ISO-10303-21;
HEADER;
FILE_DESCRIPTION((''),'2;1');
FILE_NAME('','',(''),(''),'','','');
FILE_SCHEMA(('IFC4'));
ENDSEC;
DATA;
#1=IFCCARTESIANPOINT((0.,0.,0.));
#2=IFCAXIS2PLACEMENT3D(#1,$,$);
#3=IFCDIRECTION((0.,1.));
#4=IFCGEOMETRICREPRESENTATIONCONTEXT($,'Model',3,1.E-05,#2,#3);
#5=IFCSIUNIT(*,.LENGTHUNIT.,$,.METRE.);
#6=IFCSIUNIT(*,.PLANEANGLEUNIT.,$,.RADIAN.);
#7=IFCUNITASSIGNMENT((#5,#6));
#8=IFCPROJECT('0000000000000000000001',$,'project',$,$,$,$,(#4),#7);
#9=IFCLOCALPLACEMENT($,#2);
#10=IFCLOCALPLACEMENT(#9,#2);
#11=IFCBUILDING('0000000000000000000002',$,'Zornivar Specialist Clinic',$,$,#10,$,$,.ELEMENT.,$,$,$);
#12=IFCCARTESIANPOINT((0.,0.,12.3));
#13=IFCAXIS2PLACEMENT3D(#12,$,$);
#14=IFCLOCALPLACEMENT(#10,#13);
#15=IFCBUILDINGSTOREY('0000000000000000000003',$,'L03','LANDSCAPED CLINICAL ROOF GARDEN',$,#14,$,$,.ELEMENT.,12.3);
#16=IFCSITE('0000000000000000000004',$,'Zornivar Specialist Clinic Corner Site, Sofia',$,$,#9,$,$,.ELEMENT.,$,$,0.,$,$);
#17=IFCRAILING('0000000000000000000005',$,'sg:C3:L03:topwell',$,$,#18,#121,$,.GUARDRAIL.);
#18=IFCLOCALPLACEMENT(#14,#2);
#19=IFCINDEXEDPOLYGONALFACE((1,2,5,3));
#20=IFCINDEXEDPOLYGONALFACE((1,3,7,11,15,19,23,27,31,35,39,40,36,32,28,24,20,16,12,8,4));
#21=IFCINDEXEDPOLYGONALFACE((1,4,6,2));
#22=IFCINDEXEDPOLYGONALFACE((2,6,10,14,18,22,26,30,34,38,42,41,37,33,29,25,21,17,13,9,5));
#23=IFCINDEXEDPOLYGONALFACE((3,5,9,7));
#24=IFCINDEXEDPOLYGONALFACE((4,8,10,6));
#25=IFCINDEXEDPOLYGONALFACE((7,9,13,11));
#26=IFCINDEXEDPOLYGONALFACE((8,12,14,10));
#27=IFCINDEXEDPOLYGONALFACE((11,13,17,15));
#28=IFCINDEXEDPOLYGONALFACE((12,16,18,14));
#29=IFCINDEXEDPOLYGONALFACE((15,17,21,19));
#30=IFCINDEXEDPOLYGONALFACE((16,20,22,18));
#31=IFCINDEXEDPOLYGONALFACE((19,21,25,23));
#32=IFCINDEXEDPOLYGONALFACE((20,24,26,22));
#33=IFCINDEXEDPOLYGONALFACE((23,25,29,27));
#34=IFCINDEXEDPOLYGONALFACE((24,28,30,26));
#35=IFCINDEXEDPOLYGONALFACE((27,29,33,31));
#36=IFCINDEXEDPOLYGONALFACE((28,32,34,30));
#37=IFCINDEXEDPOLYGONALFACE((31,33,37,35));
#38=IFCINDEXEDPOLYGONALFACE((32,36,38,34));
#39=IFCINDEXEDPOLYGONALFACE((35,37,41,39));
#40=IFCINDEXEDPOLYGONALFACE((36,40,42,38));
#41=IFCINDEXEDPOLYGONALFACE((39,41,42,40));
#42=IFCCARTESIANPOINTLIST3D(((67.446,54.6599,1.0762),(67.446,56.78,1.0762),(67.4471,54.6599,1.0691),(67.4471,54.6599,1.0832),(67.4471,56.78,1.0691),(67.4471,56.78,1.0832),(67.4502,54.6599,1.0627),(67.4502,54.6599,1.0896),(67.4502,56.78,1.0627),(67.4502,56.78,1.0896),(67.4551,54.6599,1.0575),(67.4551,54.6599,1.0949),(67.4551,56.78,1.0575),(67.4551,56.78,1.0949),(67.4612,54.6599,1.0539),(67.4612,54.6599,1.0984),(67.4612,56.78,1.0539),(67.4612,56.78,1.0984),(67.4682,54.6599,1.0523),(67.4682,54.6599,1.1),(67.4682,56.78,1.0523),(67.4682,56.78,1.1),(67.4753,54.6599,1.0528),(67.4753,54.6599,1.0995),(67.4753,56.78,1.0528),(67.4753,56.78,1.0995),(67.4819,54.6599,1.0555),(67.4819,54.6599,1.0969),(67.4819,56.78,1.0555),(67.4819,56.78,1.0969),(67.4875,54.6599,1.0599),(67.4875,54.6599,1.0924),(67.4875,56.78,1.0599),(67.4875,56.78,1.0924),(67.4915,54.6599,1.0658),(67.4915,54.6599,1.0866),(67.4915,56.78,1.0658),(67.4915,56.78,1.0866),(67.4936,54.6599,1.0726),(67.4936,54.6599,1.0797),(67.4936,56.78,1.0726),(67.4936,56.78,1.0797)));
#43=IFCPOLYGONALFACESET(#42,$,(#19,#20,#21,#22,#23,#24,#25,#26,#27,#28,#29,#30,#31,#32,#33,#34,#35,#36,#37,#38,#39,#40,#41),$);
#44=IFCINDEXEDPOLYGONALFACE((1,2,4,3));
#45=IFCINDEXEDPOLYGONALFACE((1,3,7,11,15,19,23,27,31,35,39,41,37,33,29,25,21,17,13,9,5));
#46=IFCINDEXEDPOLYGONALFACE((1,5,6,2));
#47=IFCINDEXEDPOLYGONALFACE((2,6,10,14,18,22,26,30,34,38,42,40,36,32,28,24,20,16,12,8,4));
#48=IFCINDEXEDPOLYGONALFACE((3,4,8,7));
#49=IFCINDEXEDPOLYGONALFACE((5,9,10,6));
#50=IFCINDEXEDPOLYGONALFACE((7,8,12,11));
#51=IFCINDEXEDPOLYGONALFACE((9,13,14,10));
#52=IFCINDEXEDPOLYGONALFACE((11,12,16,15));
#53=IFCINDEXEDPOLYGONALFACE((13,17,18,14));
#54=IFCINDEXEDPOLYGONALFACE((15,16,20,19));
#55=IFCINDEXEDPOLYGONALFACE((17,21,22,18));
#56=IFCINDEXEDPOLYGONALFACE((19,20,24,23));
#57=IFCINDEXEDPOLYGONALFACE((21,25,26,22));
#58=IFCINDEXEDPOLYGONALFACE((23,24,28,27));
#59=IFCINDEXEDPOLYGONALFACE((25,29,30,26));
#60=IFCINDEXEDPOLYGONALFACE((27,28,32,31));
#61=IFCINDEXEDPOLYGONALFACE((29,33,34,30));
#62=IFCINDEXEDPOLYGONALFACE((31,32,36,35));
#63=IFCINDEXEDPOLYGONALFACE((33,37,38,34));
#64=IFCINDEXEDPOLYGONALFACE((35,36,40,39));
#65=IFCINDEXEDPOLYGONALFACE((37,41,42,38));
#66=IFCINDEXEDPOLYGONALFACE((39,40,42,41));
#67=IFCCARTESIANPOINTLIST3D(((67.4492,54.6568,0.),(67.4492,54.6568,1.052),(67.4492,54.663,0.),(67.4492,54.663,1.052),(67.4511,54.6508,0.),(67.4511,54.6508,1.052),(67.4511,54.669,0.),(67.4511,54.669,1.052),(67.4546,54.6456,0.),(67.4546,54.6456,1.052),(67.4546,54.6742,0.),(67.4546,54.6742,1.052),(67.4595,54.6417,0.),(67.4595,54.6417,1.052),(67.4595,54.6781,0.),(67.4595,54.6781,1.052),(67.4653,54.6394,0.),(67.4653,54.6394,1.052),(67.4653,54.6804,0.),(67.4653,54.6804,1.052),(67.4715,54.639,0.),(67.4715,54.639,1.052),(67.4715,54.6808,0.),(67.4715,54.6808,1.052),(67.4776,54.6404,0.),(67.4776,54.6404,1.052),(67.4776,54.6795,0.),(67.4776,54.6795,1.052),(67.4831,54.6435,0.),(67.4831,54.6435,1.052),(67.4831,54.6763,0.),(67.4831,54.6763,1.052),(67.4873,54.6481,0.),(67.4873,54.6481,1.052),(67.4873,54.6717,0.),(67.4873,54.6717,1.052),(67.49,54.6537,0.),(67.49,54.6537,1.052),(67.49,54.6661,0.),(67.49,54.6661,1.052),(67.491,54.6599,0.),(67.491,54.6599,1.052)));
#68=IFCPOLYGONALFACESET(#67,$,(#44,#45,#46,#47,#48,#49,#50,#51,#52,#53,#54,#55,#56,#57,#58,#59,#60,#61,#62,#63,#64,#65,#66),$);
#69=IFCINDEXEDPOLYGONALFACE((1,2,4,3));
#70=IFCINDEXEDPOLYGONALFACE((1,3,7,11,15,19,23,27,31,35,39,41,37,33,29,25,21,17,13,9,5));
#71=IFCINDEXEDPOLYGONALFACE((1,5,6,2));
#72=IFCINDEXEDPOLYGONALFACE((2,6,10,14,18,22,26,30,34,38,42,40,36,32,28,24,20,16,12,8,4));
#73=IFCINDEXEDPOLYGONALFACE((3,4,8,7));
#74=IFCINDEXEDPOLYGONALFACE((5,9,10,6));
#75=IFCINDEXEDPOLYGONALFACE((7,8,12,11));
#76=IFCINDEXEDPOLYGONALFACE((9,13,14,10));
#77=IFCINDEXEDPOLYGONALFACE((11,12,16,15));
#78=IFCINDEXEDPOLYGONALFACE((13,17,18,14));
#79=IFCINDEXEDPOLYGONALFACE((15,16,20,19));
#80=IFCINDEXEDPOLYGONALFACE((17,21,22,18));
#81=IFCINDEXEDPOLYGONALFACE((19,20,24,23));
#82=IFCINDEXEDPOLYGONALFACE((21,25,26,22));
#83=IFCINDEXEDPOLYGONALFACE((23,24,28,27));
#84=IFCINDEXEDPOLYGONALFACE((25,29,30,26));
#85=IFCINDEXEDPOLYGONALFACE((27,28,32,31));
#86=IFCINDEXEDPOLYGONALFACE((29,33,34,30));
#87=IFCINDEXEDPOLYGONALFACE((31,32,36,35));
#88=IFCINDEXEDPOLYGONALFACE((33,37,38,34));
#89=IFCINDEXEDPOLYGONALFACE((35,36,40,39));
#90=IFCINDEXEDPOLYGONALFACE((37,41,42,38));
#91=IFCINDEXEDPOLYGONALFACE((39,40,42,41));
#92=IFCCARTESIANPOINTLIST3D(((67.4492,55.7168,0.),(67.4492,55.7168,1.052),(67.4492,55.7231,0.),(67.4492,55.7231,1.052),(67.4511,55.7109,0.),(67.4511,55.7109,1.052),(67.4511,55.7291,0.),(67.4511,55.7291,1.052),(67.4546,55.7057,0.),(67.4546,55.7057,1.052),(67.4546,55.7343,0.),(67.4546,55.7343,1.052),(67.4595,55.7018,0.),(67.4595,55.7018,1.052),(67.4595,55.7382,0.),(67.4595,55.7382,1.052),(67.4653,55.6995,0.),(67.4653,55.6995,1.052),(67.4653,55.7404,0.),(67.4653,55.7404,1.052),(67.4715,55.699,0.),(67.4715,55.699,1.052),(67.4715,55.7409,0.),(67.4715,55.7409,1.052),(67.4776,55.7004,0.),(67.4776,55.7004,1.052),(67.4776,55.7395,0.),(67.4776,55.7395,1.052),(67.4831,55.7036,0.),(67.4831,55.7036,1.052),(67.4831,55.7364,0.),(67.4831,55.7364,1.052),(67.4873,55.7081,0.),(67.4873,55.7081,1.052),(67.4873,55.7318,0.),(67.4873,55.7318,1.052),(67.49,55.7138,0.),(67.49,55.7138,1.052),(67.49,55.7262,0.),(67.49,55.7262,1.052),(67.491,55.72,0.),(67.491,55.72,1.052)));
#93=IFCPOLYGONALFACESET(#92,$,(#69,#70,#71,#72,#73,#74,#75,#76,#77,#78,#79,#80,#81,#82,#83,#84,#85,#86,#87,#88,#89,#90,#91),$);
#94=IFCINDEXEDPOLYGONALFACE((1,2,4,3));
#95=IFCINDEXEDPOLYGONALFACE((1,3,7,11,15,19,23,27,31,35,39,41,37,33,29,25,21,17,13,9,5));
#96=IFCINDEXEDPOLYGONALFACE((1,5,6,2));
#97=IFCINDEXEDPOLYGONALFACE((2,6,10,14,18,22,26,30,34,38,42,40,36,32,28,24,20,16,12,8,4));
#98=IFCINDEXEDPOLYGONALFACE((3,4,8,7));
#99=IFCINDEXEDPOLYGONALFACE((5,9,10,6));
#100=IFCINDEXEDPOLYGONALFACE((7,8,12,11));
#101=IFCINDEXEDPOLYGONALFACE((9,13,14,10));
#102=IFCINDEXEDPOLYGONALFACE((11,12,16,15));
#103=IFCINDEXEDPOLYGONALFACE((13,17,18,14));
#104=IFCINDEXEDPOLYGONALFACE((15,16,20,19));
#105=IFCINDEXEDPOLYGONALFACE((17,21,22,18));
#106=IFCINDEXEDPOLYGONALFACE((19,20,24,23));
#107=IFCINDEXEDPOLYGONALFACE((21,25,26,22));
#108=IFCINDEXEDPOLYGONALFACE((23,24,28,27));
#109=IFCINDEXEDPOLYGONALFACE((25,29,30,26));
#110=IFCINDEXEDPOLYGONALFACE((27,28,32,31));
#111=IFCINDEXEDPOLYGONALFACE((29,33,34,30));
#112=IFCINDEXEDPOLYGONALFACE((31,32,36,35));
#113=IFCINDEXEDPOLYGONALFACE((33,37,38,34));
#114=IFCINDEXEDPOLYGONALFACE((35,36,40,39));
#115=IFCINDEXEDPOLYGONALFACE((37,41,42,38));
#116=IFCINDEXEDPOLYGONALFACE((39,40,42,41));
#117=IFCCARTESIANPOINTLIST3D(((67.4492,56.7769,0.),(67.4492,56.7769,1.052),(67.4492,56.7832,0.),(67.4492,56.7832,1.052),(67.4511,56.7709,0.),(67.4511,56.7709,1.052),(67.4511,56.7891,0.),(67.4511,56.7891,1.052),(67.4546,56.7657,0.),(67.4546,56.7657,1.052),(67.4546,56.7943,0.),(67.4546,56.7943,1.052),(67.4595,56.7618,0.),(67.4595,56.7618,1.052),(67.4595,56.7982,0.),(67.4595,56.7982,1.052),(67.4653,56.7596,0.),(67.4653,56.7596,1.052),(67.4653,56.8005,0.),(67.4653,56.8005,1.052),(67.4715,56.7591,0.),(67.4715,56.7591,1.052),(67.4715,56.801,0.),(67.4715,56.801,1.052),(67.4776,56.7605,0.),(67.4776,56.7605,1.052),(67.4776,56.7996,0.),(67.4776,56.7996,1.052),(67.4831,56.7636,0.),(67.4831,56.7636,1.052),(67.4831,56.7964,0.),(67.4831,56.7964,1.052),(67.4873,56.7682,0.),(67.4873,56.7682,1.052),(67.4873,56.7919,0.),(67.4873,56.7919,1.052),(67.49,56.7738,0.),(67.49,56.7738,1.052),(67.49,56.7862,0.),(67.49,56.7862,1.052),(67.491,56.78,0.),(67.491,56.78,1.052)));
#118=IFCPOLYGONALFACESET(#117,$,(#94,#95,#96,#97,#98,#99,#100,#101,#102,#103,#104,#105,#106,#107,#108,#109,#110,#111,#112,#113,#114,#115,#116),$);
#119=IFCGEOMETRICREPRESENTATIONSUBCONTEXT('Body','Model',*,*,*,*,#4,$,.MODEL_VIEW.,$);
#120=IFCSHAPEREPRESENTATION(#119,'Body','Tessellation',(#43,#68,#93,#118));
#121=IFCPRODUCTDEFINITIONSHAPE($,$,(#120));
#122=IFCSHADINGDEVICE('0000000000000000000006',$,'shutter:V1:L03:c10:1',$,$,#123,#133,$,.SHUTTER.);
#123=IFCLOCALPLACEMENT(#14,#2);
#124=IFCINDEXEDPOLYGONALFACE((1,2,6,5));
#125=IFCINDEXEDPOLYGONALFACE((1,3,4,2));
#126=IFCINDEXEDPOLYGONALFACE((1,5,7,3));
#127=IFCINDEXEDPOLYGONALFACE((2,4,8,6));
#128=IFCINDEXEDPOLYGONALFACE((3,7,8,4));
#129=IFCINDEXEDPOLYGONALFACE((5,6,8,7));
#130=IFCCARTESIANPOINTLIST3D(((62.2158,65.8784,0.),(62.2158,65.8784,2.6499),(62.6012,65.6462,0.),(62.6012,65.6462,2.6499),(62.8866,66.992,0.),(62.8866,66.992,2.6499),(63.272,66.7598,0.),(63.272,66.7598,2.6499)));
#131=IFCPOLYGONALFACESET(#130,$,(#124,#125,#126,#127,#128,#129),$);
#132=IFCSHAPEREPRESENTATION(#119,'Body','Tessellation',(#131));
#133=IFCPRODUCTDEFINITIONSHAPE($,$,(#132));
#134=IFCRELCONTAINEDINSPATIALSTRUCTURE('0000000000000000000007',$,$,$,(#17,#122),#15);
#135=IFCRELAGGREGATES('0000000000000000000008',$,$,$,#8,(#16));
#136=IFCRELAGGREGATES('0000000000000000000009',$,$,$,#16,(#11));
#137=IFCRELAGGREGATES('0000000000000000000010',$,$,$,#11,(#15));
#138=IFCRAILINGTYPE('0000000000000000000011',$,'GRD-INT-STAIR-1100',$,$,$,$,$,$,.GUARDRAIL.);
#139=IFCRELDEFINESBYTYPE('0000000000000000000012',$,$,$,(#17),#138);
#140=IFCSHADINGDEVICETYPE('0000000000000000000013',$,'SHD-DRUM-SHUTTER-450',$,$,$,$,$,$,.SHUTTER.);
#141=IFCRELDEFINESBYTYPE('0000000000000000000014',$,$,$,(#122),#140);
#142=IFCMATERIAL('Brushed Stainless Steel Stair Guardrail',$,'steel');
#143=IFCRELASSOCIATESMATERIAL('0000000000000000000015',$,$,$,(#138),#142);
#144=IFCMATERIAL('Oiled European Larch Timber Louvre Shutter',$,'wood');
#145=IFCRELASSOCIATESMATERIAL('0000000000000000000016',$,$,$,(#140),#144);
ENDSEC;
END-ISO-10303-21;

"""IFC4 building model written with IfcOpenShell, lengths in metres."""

from ifc_helpers import new_model, si_unit, direction, frame, origin, origin_2d, place, context, subcontext, project, spatial, rectangle, circle, extrude, material, type_object, element, save


model = new_model("IFC4")

# Units and contexts
model_context = context("Model", 3, precision=1e-05, world=origin(), true_north=direction((0.0, 1.0)))
body_context = subcontext(model_context, "Body", "Model", "MODEL_VIEW")
ifc_project = project(units=[si_unit("LENGTHUNIT", "METRE"), si_unit("PLANEANGLEUNIT", "RADIAN")], contexts=[model_context])

# Site, building, storey
site_placement = place(None, origin())
site = spatial("IfcSite", under=ifc_project, at=site_placement, Name="Zornivar Specialist Clinic Corner Site, Sofia", CompositionType="ELEMENT", RefElevation=0.0)
building_placement = place(site_placement, origin())
building = spatial("IfcBuilding", under=site, at=building_placement, Name="Zornivar Specialist Clinic", CompositionType="ELEMENT")
storey_placement = place(building_placement, frame((0.0, 0.0, 12.3)))
storey = spatial("IfcBuildingStorey", under=building, at=storey_placement, Name="L03", Description="LANDSCAPED CLINICAL ROOF GARDEN", CompositionType="ELEMENT", Elevation=12.3)

# Railing
ifc_material_1 = material(Name="Brushed Stainless Steel Stair Guardrail", Category="steel")
railing_type = type_object("IfcRailingType", Name="GRD-INT-STAIR-1100", PredefinedType="GUARDRAIL", material=ifc_material_1)
railing_placement = place(storey_placement, frame((67.47, 54.6599, 0.0)))
element("IfcRailing", 1, at=railing_placement, inside=storey, type_object=railing_type, Name="sg:C3:L03:topwell", PredefinedType="GUARDRAIL", context=body_context, shape_type="SweptSolid", body=[
    extrude(circle(Radius=0.0239, at=origin_2d()), frame((0.0, 0.0, 1.0762), z_axis=(0.0, 1.0, 0.0), x_axis=(-1.0, 0.0, 0.0)), (0.0, 0.0, 1.0), 2.1201),
    extrude(circle(Radius=0.021, at=origin_2d()), origin(), (0.0, 0.0, 1.0), 1.052),
    extrude(circle(Radius=0.021, at=origin_2d()), frame((0.0, 1.0601, 0.0)), (0.0, 0.0, 1.0), 1.052),
    extrude(circle(Radius=0.021, at=origin_2d()), frame((0.0, 2.1201, 0.0)), (0.0, 0.0, 1.0), 1.052),
])

# Shading device
ifc_material_2 = material(Name="Oiled European Larch Timber Louvre Shutter", Category="wood")
shading_device_type = type_object("IfcShadingDeviceType", Name="SHD-DRUM-SHUTTER-450", PredefinedType="SHUTTER", material=ifc_material_2)
shading_device_placement = place(storey_placement, frame((62.7439, 66.3191, 0.0), z_axis=(0.0, 0.0, 1.0), x_axis=(-0.516018, -0.856578, 0.0)))
element("IfcShadingDevice", 2, at=shading_device_placement, inside=storey, type_object=shading_device_type, Name="shutter:V1:L03:c10:1", PredefinedType="SHUTTER", context=body_context, shape_type="SweptSolid", body=[
    extrude(rectangle(XDim=1.3, YDim=0.45, at=origin_2d()), origin(), (0.0, 0.0, 1.0), 2.6499),
])

save(model, "model.ifc")
